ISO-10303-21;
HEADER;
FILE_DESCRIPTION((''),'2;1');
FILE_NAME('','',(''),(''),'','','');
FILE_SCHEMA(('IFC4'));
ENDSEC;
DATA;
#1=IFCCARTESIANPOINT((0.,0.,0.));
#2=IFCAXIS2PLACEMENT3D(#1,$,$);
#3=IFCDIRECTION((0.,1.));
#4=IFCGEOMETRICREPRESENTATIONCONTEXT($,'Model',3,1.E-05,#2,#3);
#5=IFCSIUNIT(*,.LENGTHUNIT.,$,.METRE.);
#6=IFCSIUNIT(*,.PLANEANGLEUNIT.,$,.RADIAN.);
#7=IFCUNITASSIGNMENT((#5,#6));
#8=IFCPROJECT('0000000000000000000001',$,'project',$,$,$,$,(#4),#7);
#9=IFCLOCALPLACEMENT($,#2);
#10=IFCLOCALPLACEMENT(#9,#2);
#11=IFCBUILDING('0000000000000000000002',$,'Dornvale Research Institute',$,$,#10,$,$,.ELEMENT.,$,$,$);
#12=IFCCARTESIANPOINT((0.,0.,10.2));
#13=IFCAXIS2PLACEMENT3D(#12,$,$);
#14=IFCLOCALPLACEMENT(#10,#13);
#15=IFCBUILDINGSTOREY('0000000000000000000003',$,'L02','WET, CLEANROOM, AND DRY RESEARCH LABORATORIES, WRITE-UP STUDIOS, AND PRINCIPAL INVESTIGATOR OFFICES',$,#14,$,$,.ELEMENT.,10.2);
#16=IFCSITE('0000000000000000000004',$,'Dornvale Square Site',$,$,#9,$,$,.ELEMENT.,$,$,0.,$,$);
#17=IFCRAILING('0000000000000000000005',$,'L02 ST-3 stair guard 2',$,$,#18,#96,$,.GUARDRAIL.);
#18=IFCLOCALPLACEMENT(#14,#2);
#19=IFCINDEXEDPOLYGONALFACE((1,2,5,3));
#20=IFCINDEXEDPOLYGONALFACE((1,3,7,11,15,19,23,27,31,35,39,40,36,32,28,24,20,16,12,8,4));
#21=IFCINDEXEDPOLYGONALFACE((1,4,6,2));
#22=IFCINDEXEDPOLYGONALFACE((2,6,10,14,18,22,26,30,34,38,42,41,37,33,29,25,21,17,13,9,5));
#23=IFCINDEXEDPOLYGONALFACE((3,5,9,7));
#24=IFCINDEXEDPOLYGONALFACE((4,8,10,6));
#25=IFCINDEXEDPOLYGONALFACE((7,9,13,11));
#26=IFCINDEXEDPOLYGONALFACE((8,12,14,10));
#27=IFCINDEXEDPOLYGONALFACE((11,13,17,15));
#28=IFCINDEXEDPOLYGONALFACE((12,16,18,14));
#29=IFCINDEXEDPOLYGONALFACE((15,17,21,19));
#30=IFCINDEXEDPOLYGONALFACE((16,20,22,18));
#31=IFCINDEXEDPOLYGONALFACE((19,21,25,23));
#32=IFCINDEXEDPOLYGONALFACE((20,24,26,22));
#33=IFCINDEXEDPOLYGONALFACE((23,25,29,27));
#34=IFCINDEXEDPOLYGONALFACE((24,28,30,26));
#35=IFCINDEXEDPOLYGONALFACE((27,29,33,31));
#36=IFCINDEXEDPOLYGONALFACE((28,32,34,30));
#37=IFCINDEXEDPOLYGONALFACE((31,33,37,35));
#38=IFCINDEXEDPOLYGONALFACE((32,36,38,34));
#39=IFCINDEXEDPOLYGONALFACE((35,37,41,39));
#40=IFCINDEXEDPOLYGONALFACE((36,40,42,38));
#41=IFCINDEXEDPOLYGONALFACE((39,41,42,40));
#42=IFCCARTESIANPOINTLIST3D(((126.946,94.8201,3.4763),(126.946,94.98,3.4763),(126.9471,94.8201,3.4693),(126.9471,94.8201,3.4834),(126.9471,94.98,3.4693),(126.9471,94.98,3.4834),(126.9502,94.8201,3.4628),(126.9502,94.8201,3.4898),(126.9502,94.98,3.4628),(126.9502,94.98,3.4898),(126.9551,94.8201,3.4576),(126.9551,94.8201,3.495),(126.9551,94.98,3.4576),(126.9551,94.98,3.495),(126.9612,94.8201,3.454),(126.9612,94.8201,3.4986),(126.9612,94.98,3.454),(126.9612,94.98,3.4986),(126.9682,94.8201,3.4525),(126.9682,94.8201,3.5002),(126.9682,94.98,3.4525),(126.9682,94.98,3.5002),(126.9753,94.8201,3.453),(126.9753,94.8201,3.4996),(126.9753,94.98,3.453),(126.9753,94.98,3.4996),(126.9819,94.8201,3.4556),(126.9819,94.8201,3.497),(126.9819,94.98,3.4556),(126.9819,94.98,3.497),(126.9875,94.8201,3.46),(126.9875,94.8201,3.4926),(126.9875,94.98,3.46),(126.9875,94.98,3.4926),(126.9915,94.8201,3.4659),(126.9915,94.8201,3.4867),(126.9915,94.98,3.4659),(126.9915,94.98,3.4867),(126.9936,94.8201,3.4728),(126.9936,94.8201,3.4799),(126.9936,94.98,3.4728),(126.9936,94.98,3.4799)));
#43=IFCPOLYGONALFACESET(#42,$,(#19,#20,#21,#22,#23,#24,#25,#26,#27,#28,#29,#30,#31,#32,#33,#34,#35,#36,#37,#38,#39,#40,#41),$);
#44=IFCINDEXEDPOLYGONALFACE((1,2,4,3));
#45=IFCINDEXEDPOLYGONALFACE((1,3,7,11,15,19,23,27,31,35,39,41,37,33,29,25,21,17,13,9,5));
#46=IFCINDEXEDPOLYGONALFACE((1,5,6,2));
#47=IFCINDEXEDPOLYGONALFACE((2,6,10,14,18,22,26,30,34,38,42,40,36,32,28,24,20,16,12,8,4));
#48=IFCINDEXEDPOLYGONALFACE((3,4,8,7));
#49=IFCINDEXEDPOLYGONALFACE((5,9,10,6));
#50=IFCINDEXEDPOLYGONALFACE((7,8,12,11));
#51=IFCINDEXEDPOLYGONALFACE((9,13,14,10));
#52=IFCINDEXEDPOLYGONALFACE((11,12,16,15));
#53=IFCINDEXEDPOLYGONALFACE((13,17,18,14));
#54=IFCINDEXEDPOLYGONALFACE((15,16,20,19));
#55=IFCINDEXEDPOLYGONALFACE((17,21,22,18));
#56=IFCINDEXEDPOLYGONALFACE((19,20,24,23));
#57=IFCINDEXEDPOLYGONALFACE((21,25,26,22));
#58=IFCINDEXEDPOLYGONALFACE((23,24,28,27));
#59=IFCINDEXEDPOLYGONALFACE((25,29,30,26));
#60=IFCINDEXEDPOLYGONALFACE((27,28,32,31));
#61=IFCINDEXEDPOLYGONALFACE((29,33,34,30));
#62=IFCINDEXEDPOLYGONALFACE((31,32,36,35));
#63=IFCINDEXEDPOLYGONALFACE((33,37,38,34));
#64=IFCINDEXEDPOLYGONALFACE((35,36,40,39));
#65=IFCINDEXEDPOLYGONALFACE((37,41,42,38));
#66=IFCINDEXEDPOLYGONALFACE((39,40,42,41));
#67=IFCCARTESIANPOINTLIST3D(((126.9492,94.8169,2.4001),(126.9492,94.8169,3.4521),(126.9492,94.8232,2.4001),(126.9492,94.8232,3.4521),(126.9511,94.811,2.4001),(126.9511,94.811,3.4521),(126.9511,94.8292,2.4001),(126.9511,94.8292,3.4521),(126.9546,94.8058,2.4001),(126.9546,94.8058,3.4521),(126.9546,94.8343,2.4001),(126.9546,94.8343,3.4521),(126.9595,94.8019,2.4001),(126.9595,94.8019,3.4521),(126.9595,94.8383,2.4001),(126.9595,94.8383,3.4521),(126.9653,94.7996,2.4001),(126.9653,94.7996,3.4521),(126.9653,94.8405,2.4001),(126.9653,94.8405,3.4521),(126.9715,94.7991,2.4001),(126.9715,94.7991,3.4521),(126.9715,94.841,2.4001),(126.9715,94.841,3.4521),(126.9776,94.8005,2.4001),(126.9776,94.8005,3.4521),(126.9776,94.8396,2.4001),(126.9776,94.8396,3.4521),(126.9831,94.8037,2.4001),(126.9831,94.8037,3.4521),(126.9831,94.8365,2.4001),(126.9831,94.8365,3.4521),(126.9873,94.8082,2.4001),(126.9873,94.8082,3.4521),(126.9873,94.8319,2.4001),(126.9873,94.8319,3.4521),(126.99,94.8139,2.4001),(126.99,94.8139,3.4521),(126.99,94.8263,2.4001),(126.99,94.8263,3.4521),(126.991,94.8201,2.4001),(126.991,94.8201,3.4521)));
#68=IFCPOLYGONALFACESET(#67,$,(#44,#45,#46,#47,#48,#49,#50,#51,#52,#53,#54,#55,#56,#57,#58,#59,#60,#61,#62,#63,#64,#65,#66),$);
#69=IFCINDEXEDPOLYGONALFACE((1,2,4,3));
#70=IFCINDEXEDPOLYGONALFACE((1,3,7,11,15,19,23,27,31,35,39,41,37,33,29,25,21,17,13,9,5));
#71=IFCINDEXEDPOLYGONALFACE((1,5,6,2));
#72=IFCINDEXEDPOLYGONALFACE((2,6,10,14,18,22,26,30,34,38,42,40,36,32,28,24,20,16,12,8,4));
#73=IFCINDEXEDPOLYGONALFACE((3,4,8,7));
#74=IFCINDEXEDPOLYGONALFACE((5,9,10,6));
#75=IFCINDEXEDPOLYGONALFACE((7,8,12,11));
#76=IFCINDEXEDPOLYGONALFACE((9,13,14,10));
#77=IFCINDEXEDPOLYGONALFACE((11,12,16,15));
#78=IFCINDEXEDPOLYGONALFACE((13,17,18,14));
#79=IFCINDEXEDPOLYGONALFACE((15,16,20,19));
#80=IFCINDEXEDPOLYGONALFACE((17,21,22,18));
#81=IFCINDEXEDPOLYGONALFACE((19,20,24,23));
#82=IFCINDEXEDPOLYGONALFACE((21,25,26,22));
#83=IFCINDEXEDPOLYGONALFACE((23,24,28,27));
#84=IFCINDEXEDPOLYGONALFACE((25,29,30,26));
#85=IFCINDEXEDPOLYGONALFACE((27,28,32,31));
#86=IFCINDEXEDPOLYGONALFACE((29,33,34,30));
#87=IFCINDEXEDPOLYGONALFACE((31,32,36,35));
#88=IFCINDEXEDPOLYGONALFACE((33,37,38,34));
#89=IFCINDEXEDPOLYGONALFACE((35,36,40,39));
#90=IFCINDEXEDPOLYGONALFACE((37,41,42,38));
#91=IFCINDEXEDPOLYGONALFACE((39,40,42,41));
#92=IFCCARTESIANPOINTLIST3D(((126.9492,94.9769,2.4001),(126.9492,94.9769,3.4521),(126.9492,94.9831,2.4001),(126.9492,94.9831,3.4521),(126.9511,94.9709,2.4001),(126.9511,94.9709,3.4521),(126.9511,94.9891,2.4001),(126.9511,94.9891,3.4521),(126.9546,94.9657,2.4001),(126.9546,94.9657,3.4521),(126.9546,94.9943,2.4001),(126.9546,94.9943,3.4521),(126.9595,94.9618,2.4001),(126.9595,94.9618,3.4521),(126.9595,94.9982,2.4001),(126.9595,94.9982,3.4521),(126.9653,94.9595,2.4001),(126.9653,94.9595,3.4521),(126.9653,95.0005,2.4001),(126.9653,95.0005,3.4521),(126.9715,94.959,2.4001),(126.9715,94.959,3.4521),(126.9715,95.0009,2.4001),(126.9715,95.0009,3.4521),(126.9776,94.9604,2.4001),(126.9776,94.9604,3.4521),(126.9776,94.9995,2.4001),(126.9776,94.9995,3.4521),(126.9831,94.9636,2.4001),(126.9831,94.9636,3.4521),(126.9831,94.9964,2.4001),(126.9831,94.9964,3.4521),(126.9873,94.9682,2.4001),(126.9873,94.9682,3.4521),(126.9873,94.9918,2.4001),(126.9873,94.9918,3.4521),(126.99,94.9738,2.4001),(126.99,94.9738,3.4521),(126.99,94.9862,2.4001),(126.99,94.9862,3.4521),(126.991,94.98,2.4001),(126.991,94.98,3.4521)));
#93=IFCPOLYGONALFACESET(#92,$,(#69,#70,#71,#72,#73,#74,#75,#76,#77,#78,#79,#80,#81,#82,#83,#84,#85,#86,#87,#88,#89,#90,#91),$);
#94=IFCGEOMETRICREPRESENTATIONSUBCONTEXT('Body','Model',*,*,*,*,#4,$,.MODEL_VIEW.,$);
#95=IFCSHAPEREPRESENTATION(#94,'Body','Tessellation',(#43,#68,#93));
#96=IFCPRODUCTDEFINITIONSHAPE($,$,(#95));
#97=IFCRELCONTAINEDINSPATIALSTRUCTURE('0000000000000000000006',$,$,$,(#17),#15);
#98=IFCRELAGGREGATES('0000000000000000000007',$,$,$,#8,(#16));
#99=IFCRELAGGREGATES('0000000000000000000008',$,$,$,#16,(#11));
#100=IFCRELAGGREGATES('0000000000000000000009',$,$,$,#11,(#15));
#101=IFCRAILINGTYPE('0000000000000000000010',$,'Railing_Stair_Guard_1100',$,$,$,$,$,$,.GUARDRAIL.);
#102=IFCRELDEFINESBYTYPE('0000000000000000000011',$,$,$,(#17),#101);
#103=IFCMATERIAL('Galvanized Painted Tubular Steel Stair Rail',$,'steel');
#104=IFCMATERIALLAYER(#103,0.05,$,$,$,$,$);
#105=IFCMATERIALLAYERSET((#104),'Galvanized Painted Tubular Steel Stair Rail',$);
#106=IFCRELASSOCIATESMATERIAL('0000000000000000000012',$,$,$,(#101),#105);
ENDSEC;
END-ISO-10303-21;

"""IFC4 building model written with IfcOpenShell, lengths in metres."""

from ifc_helpers import new_model, si_unit, direction, frame, origin, origin_2d, place, context, subcontext, project, spatial, circle, extrude, material, layer, layer_set, type_object, element, save


model = new_model("IFC4")

# Units and contexts
model_context = context("Model", 3, precision=1e-05, world=origin(), true_north=direction((0.0, 1.0)))
body_context = subcontext(model_context, "Body", "Model", "MODEL_VIEW")
ifc_project = project(units=[si_unit("LENGTHUNIT", "METRE"), si_unit("PLANEANGLEUNIT", "RADIAN")], contexts=[model_context])

# Site, building, storey
site_placement = place(None, origin())
site = spatial("IfcSite", under=ifc_project, at=site_placement, Name="Dornvale Square Site", CompositionType="ELEMENT", RefElevation=0.0)
building_placement = place(site_placement, origin())
building = spatial("IfcBuilding", under=site, at=building_placement, Name="Dornvale Research Institute", CompositionType="ELEMENT")
storey_placement = place(building_placement, frame((0.0, 0.0, 10.2)))
storey = spatial("IfcBuildingStorey", under=building, at=storey_placement, Name="L02", Description="WET, CLEANROOM, AND DRY RESEARCH LABORATORIES, WRITE-UP STUDIOS, AND PRINCIPAL INVESTIGATOR OFFICES", CompositionType="ELEMENT", Elevation=10.2)

# Railing
ifc_material_1 = material(Name="Galvanized Painted Tubular Steel Stair Rail", Category="steel")
ifc_layer_1 = layer(ifc_material_1, 0.05)
ifc_layer_set_1 = layer_set([ifc_layer_1], Name="Galvanized Painted Tubular Steel Stair Rail")
railing_type_1 = type_object("IfcRailingType", Name="Railing_Stair_Guard_1100", PredefinedType="GUARDRAIL", material=ifc_layer_set_1)
railing_1_placement = place(storey_placement, frame((126.97, 94.8201, 2.4001)))
element("IfcRailing", 1, at=railing_1_placement, inside=storey, type_object=railing_type_1, Name="L02 ST-3 stair guard 2", PredefinedType="GUARDRAIL", context=body_context, shape_type="SweptSolid", body=[
    extrude(circle(Radius=0.0239, at=origin_2d()), frame((0.0, 0.0, 1.0762), z_axis=(0.0, 1.0, 0.0), x_axis=(-1.0, 0.0, 0.0)), (0.0, 0.0, 1.0), 0.1599),
    extrude(circle(Radius=0.021, at=origin_2d()), origin(), (0.0, 0.0, 1.0), 1.052),
    extrude(circle(Radius=0.021, at=origin_2d()), frame((0.0, 0.1599, 0.0)), (0.0, 0.0, 1.0), 1.052),
])

save(model, "model.ifc")
